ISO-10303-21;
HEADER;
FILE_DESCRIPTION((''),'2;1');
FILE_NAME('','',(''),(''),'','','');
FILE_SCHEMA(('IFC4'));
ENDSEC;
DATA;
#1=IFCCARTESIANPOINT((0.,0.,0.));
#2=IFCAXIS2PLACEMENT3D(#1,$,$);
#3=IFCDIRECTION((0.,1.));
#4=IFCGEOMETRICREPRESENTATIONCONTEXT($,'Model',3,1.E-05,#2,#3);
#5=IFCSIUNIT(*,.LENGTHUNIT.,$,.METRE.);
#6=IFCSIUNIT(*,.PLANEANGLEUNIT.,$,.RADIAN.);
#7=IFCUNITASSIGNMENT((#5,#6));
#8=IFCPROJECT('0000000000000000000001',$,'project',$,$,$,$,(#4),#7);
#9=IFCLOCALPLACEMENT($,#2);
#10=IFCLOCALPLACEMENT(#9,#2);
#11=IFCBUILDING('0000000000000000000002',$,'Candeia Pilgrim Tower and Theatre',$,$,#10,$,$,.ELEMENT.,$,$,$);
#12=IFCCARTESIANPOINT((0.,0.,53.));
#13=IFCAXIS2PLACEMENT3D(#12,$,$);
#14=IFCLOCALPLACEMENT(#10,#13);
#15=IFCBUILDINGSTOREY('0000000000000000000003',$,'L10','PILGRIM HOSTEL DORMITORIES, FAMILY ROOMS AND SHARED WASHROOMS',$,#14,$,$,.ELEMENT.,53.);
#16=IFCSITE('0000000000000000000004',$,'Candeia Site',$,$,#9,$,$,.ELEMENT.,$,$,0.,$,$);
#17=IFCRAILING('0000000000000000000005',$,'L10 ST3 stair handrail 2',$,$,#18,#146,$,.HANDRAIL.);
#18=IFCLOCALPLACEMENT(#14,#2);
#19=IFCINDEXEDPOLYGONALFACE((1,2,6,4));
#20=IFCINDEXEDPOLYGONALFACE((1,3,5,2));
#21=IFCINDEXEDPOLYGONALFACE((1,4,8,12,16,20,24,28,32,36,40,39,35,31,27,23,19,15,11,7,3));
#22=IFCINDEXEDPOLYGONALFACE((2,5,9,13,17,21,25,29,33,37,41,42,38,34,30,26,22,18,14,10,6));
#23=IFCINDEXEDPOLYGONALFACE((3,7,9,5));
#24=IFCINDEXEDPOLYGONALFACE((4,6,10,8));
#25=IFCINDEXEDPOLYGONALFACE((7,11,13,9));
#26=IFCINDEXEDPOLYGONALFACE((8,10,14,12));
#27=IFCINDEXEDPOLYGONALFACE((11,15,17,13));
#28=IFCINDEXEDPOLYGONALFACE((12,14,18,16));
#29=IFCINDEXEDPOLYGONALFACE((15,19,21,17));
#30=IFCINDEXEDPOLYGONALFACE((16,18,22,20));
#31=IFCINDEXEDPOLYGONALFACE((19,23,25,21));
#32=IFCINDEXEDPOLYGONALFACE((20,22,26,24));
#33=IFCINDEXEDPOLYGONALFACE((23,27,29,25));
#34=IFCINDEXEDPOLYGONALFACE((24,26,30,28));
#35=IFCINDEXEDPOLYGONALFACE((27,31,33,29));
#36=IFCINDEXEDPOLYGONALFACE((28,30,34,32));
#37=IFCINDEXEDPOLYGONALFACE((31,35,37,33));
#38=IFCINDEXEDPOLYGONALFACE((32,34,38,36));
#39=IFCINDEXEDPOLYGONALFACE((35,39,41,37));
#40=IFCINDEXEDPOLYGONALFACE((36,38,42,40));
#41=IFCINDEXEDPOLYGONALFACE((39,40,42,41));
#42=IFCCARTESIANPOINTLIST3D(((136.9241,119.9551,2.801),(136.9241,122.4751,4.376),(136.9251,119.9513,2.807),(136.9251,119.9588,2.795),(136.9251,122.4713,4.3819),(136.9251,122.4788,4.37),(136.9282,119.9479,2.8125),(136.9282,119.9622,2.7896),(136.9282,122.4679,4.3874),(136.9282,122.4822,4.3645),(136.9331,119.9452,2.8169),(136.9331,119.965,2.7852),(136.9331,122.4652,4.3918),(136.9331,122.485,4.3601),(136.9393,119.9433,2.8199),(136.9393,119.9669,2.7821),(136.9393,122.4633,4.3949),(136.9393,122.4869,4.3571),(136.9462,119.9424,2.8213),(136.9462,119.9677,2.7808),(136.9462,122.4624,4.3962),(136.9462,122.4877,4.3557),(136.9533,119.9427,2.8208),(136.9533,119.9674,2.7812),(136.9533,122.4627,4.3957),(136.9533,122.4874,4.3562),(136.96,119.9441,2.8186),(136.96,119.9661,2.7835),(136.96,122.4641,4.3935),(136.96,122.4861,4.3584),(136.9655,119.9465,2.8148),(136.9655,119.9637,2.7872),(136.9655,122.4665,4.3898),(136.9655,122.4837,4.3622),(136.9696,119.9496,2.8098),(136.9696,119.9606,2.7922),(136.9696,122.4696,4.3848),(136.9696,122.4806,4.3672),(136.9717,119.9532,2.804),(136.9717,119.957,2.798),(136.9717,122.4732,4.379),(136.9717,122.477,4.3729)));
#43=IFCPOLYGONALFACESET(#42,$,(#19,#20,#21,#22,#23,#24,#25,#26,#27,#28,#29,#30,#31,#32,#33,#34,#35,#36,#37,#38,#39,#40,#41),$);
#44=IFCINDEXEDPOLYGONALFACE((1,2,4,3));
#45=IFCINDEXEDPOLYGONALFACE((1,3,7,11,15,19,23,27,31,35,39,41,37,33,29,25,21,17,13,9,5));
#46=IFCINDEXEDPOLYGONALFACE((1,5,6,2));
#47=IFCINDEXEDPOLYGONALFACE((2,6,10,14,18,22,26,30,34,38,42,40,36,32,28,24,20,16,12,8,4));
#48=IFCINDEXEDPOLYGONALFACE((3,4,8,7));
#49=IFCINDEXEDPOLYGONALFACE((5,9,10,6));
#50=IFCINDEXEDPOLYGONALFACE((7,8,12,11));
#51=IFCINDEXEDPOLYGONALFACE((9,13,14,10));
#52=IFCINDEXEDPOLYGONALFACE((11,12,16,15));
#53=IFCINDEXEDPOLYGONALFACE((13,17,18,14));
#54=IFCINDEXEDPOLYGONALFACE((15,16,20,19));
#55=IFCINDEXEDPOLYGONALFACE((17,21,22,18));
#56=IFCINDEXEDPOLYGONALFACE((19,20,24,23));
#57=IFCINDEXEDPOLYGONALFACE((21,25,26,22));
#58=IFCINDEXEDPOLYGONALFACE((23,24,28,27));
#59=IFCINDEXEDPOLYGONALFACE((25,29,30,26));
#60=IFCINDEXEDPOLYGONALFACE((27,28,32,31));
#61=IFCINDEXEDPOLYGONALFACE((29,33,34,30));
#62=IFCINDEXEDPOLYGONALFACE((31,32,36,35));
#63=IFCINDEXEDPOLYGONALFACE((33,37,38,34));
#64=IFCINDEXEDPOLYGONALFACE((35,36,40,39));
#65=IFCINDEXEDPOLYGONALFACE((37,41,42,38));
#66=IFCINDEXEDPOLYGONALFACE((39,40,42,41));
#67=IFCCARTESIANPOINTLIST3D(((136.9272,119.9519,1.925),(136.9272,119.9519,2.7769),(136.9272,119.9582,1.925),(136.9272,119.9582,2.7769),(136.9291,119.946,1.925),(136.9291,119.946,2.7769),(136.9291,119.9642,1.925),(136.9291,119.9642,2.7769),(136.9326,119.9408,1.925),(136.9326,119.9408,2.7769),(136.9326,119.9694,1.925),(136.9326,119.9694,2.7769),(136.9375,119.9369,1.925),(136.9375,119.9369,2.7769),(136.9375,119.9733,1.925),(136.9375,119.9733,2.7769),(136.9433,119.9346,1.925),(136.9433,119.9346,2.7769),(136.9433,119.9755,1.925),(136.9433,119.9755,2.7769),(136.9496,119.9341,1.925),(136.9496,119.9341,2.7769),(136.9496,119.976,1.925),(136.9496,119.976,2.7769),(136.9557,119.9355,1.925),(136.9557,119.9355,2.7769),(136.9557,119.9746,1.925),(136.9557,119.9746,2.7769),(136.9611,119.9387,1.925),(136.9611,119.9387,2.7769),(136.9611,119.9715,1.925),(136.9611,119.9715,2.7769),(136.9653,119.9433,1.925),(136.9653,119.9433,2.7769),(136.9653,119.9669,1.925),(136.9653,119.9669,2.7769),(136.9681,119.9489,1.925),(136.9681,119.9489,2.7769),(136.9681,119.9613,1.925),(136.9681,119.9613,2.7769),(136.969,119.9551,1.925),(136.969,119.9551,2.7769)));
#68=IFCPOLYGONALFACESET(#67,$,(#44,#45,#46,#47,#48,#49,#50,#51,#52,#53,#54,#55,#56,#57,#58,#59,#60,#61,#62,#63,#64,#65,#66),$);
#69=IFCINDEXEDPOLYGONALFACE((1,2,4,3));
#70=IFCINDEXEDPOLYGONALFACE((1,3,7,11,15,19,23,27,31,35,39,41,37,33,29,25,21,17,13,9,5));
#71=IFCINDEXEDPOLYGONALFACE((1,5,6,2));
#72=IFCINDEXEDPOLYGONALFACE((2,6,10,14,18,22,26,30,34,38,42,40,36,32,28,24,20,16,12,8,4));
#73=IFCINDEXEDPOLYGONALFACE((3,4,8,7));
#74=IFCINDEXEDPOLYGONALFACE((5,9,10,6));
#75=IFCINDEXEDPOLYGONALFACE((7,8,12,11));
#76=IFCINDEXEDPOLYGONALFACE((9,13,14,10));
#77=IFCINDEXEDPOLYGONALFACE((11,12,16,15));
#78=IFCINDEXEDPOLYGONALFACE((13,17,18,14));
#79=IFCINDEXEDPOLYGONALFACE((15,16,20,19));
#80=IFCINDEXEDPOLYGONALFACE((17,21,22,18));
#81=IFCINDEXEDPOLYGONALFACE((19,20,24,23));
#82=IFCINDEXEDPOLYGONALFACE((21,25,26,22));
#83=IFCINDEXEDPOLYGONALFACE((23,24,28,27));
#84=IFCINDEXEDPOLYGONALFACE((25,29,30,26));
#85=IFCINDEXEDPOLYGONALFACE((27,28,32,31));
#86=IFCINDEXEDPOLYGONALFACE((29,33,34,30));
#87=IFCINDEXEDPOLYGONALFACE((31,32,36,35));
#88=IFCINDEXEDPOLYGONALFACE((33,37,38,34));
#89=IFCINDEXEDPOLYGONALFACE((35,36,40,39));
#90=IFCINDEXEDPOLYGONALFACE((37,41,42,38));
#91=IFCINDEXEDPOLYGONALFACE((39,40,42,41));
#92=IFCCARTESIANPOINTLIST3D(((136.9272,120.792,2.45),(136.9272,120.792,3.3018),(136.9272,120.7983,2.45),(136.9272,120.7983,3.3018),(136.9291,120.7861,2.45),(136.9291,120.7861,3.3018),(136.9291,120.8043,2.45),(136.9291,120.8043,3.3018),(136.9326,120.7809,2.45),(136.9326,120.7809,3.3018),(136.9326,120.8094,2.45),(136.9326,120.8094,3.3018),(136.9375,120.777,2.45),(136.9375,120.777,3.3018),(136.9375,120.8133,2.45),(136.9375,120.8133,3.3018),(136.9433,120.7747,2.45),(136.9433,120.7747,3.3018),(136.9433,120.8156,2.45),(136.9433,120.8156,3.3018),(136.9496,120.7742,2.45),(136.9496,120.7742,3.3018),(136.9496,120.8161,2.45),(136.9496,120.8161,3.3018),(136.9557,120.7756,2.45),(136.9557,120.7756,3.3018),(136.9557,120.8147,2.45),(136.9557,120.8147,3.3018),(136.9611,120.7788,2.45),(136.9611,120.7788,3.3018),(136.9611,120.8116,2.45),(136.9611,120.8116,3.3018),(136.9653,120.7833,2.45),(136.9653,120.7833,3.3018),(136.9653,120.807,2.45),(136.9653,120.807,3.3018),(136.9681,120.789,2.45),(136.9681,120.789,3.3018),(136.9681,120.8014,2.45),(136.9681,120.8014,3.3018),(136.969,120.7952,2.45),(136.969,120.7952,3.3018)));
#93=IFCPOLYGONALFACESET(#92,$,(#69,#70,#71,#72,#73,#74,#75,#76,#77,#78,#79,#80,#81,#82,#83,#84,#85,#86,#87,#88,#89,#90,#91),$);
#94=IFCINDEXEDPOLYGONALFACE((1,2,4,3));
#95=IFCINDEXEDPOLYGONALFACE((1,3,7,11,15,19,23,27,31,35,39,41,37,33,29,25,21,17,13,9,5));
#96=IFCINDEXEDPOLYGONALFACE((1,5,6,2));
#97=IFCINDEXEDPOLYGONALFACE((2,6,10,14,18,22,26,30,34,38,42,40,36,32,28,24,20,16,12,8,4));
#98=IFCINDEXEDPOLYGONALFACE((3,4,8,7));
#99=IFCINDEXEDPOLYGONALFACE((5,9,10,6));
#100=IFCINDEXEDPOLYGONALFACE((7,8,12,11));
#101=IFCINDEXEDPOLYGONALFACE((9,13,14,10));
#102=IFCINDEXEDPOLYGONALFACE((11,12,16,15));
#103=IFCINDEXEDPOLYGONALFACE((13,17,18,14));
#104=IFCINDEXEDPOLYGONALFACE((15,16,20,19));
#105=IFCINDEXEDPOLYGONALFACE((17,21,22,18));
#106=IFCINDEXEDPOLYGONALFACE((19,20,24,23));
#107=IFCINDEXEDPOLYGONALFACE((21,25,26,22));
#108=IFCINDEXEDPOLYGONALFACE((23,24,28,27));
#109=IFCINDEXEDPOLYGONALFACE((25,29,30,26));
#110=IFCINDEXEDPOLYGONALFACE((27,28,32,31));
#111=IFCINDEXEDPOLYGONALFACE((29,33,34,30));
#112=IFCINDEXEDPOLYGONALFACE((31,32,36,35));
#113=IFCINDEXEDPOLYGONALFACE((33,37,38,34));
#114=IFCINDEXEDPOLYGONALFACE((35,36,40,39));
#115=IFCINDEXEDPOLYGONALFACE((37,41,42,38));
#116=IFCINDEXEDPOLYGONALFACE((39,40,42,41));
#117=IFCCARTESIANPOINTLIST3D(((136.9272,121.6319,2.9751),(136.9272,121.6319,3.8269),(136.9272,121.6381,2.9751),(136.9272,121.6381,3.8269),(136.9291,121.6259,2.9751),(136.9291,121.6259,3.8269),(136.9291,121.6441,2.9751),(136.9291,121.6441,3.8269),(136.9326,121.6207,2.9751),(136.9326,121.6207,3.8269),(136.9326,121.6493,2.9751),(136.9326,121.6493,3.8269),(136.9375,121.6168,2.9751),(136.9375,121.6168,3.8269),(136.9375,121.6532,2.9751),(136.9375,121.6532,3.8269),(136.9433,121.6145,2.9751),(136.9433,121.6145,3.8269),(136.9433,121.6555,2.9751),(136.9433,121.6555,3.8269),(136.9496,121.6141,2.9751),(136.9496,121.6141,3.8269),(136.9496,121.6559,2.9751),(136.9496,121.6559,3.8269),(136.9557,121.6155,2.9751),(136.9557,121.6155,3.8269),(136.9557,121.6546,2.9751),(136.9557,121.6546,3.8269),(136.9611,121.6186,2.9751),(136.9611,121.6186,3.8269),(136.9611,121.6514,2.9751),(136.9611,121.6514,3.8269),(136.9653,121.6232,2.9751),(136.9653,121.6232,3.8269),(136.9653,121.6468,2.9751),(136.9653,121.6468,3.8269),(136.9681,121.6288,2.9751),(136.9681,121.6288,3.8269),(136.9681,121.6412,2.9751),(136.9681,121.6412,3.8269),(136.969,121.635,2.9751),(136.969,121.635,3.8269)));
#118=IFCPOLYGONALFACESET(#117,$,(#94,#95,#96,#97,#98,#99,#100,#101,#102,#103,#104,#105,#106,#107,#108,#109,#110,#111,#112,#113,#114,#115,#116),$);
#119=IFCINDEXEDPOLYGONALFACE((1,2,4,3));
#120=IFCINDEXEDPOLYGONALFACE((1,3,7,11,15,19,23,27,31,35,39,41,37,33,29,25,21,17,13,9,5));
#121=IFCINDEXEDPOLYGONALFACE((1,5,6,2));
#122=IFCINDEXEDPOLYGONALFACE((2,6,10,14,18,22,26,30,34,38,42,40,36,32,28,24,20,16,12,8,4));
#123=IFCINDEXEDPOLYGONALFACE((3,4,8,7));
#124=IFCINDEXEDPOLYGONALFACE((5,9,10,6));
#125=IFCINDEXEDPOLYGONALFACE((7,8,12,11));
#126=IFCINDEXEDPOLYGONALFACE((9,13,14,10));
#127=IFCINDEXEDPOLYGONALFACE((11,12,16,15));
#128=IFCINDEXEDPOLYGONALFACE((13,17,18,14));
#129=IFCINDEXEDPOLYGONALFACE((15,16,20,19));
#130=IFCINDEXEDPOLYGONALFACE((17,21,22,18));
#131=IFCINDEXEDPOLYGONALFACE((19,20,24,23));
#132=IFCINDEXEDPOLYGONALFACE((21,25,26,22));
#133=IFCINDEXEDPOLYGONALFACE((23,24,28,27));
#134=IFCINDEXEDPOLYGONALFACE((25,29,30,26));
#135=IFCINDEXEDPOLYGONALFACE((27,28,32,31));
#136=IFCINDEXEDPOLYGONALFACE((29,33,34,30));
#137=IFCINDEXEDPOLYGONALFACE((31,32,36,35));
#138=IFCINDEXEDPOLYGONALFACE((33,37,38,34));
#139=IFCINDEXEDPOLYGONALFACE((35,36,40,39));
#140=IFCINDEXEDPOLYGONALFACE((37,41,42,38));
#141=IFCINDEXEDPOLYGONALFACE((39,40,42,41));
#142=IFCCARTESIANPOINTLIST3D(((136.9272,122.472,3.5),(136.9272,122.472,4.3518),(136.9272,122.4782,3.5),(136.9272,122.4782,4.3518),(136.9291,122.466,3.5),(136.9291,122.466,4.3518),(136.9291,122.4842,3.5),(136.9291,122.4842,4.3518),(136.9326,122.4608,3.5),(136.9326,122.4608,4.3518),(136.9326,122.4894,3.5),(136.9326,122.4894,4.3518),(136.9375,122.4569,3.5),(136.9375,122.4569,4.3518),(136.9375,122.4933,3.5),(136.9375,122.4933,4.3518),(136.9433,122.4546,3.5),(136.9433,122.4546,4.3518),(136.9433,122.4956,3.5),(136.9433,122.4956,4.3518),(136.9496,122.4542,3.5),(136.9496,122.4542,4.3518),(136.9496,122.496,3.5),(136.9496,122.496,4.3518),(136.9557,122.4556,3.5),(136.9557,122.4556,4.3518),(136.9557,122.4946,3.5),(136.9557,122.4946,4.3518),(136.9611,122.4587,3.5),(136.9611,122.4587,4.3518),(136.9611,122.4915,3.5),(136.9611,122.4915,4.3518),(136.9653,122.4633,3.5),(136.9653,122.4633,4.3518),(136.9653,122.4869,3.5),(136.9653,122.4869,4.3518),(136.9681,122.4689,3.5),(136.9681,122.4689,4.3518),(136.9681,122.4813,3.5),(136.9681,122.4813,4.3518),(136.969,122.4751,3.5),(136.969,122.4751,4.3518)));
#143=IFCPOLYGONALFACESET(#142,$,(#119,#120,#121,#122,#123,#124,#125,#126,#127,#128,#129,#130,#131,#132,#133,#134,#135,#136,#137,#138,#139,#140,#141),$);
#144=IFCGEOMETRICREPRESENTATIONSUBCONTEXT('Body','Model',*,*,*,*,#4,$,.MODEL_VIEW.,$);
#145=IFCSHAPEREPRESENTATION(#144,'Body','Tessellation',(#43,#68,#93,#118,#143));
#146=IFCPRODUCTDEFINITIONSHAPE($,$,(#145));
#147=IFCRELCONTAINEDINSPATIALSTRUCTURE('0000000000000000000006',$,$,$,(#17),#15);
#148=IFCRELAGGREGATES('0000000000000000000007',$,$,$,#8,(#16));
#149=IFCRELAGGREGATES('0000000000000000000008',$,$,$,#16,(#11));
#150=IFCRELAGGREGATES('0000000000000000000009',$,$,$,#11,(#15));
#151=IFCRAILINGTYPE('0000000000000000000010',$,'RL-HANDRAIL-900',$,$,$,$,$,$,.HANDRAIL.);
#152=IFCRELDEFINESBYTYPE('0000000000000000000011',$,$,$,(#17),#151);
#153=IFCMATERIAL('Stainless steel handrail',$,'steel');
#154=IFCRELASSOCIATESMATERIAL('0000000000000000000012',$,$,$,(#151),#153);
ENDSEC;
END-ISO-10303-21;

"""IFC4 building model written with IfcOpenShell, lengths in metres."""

from ifc_helpers import new_model, si_unit, direction, frame, origin, origin_2d, place, context, subcontext, project, spatial, circle, extrude, material, type_object, element, save


model = new_model("IFC4")

# Units and contexts
model_context = context("Model", 3, precision=1e-05, world=origin(), true_north=direction((0.0, 1.0)))
body_context = subcontext(model_context, "Body", "Model", "MODEL_VIEW")
ifc_project = project(units=[si_unit("LENGTHUNIT", "METRE"), si_unit("PLANEANGLEUNIT", "RADIAN")], contexts=[model_context])

# Site, building, storey
site_placement = place(None, origin())
site = spatial("IfcSite", under=ifc_project, at=site_placement, Name="Candeia Site", CompositionType="ELEMENT", RefElevation=0.0)
building_placement = place(site_placement, origin())
building = spatial("IfcBuilding", under=site, at=building_placement, Name="Candeia Pilgrim Tower and Theatre", CompositionType="ELEMENT")
storey_placement = place(building_placement, frame((0.0, 0.0, 53.0)))
storey = spatial("IfcBuildingStorey", under=building, at=storey_placement, Name="L10", Description="PILGRIM HOSTEL DORMITORIES, FAMILY ROOMS AND SHARED WASHROOMS", CompositionType="ELEMENT", Elevation=53.0)

# Railing
ifc_material_1 = material(Name="Stainless steel handrail", Category="steel")
railing_type_1 = type_object("IfcRailingType", Name="RL-HANDRAIL-900", PredefinedType="HANDRAIL", material=ifc_material_1)
railing_1_placement = place(storey_placement, frame((136.948, 119.9551, 1.925)))
element("IfcRailing", 1, at=railing_1_placement, inside=storey, type_object=railing_type_1, Name="L10 ST3 stair handrail 2", PredefinedType="HANDRAIL", context=body_context, shape_type="SweptSolid", body=[
    extrude(circle(Radius=0.0239, at=origin_2d()), frame((0.0, 0.0, 0.876), z_axis=(0.0, 0.848008, 0.529984), x_axis=(-1.0, 0.0, 0.0)), (0.0, 0.0, 1.0), 2.9717),
    extrude(circle(Radius=0.021, at=origin_2d()), origin(), (0.0, 0.0, 1.0), 0.8518),
    extrude(circle(Radius=0.021, at=origin_2d()), frame((0.0, 0.8401, 0.5249)), (0.0, 0.0, 1.0), 0.8518),
    extrude(circle(Radius=0.021, at=origin_2d()), frame((0.0, 1.6799, 1.05)), (0.0, 0.0, 1.0), 0.8518),
    extrude(circle(Radius=0.021, at=origin_2d()), frame((0.0, 2.52, 1.575)), (0.0, 0.0, 1.0), 0.8518),
])

save(model, "model.ifc")
